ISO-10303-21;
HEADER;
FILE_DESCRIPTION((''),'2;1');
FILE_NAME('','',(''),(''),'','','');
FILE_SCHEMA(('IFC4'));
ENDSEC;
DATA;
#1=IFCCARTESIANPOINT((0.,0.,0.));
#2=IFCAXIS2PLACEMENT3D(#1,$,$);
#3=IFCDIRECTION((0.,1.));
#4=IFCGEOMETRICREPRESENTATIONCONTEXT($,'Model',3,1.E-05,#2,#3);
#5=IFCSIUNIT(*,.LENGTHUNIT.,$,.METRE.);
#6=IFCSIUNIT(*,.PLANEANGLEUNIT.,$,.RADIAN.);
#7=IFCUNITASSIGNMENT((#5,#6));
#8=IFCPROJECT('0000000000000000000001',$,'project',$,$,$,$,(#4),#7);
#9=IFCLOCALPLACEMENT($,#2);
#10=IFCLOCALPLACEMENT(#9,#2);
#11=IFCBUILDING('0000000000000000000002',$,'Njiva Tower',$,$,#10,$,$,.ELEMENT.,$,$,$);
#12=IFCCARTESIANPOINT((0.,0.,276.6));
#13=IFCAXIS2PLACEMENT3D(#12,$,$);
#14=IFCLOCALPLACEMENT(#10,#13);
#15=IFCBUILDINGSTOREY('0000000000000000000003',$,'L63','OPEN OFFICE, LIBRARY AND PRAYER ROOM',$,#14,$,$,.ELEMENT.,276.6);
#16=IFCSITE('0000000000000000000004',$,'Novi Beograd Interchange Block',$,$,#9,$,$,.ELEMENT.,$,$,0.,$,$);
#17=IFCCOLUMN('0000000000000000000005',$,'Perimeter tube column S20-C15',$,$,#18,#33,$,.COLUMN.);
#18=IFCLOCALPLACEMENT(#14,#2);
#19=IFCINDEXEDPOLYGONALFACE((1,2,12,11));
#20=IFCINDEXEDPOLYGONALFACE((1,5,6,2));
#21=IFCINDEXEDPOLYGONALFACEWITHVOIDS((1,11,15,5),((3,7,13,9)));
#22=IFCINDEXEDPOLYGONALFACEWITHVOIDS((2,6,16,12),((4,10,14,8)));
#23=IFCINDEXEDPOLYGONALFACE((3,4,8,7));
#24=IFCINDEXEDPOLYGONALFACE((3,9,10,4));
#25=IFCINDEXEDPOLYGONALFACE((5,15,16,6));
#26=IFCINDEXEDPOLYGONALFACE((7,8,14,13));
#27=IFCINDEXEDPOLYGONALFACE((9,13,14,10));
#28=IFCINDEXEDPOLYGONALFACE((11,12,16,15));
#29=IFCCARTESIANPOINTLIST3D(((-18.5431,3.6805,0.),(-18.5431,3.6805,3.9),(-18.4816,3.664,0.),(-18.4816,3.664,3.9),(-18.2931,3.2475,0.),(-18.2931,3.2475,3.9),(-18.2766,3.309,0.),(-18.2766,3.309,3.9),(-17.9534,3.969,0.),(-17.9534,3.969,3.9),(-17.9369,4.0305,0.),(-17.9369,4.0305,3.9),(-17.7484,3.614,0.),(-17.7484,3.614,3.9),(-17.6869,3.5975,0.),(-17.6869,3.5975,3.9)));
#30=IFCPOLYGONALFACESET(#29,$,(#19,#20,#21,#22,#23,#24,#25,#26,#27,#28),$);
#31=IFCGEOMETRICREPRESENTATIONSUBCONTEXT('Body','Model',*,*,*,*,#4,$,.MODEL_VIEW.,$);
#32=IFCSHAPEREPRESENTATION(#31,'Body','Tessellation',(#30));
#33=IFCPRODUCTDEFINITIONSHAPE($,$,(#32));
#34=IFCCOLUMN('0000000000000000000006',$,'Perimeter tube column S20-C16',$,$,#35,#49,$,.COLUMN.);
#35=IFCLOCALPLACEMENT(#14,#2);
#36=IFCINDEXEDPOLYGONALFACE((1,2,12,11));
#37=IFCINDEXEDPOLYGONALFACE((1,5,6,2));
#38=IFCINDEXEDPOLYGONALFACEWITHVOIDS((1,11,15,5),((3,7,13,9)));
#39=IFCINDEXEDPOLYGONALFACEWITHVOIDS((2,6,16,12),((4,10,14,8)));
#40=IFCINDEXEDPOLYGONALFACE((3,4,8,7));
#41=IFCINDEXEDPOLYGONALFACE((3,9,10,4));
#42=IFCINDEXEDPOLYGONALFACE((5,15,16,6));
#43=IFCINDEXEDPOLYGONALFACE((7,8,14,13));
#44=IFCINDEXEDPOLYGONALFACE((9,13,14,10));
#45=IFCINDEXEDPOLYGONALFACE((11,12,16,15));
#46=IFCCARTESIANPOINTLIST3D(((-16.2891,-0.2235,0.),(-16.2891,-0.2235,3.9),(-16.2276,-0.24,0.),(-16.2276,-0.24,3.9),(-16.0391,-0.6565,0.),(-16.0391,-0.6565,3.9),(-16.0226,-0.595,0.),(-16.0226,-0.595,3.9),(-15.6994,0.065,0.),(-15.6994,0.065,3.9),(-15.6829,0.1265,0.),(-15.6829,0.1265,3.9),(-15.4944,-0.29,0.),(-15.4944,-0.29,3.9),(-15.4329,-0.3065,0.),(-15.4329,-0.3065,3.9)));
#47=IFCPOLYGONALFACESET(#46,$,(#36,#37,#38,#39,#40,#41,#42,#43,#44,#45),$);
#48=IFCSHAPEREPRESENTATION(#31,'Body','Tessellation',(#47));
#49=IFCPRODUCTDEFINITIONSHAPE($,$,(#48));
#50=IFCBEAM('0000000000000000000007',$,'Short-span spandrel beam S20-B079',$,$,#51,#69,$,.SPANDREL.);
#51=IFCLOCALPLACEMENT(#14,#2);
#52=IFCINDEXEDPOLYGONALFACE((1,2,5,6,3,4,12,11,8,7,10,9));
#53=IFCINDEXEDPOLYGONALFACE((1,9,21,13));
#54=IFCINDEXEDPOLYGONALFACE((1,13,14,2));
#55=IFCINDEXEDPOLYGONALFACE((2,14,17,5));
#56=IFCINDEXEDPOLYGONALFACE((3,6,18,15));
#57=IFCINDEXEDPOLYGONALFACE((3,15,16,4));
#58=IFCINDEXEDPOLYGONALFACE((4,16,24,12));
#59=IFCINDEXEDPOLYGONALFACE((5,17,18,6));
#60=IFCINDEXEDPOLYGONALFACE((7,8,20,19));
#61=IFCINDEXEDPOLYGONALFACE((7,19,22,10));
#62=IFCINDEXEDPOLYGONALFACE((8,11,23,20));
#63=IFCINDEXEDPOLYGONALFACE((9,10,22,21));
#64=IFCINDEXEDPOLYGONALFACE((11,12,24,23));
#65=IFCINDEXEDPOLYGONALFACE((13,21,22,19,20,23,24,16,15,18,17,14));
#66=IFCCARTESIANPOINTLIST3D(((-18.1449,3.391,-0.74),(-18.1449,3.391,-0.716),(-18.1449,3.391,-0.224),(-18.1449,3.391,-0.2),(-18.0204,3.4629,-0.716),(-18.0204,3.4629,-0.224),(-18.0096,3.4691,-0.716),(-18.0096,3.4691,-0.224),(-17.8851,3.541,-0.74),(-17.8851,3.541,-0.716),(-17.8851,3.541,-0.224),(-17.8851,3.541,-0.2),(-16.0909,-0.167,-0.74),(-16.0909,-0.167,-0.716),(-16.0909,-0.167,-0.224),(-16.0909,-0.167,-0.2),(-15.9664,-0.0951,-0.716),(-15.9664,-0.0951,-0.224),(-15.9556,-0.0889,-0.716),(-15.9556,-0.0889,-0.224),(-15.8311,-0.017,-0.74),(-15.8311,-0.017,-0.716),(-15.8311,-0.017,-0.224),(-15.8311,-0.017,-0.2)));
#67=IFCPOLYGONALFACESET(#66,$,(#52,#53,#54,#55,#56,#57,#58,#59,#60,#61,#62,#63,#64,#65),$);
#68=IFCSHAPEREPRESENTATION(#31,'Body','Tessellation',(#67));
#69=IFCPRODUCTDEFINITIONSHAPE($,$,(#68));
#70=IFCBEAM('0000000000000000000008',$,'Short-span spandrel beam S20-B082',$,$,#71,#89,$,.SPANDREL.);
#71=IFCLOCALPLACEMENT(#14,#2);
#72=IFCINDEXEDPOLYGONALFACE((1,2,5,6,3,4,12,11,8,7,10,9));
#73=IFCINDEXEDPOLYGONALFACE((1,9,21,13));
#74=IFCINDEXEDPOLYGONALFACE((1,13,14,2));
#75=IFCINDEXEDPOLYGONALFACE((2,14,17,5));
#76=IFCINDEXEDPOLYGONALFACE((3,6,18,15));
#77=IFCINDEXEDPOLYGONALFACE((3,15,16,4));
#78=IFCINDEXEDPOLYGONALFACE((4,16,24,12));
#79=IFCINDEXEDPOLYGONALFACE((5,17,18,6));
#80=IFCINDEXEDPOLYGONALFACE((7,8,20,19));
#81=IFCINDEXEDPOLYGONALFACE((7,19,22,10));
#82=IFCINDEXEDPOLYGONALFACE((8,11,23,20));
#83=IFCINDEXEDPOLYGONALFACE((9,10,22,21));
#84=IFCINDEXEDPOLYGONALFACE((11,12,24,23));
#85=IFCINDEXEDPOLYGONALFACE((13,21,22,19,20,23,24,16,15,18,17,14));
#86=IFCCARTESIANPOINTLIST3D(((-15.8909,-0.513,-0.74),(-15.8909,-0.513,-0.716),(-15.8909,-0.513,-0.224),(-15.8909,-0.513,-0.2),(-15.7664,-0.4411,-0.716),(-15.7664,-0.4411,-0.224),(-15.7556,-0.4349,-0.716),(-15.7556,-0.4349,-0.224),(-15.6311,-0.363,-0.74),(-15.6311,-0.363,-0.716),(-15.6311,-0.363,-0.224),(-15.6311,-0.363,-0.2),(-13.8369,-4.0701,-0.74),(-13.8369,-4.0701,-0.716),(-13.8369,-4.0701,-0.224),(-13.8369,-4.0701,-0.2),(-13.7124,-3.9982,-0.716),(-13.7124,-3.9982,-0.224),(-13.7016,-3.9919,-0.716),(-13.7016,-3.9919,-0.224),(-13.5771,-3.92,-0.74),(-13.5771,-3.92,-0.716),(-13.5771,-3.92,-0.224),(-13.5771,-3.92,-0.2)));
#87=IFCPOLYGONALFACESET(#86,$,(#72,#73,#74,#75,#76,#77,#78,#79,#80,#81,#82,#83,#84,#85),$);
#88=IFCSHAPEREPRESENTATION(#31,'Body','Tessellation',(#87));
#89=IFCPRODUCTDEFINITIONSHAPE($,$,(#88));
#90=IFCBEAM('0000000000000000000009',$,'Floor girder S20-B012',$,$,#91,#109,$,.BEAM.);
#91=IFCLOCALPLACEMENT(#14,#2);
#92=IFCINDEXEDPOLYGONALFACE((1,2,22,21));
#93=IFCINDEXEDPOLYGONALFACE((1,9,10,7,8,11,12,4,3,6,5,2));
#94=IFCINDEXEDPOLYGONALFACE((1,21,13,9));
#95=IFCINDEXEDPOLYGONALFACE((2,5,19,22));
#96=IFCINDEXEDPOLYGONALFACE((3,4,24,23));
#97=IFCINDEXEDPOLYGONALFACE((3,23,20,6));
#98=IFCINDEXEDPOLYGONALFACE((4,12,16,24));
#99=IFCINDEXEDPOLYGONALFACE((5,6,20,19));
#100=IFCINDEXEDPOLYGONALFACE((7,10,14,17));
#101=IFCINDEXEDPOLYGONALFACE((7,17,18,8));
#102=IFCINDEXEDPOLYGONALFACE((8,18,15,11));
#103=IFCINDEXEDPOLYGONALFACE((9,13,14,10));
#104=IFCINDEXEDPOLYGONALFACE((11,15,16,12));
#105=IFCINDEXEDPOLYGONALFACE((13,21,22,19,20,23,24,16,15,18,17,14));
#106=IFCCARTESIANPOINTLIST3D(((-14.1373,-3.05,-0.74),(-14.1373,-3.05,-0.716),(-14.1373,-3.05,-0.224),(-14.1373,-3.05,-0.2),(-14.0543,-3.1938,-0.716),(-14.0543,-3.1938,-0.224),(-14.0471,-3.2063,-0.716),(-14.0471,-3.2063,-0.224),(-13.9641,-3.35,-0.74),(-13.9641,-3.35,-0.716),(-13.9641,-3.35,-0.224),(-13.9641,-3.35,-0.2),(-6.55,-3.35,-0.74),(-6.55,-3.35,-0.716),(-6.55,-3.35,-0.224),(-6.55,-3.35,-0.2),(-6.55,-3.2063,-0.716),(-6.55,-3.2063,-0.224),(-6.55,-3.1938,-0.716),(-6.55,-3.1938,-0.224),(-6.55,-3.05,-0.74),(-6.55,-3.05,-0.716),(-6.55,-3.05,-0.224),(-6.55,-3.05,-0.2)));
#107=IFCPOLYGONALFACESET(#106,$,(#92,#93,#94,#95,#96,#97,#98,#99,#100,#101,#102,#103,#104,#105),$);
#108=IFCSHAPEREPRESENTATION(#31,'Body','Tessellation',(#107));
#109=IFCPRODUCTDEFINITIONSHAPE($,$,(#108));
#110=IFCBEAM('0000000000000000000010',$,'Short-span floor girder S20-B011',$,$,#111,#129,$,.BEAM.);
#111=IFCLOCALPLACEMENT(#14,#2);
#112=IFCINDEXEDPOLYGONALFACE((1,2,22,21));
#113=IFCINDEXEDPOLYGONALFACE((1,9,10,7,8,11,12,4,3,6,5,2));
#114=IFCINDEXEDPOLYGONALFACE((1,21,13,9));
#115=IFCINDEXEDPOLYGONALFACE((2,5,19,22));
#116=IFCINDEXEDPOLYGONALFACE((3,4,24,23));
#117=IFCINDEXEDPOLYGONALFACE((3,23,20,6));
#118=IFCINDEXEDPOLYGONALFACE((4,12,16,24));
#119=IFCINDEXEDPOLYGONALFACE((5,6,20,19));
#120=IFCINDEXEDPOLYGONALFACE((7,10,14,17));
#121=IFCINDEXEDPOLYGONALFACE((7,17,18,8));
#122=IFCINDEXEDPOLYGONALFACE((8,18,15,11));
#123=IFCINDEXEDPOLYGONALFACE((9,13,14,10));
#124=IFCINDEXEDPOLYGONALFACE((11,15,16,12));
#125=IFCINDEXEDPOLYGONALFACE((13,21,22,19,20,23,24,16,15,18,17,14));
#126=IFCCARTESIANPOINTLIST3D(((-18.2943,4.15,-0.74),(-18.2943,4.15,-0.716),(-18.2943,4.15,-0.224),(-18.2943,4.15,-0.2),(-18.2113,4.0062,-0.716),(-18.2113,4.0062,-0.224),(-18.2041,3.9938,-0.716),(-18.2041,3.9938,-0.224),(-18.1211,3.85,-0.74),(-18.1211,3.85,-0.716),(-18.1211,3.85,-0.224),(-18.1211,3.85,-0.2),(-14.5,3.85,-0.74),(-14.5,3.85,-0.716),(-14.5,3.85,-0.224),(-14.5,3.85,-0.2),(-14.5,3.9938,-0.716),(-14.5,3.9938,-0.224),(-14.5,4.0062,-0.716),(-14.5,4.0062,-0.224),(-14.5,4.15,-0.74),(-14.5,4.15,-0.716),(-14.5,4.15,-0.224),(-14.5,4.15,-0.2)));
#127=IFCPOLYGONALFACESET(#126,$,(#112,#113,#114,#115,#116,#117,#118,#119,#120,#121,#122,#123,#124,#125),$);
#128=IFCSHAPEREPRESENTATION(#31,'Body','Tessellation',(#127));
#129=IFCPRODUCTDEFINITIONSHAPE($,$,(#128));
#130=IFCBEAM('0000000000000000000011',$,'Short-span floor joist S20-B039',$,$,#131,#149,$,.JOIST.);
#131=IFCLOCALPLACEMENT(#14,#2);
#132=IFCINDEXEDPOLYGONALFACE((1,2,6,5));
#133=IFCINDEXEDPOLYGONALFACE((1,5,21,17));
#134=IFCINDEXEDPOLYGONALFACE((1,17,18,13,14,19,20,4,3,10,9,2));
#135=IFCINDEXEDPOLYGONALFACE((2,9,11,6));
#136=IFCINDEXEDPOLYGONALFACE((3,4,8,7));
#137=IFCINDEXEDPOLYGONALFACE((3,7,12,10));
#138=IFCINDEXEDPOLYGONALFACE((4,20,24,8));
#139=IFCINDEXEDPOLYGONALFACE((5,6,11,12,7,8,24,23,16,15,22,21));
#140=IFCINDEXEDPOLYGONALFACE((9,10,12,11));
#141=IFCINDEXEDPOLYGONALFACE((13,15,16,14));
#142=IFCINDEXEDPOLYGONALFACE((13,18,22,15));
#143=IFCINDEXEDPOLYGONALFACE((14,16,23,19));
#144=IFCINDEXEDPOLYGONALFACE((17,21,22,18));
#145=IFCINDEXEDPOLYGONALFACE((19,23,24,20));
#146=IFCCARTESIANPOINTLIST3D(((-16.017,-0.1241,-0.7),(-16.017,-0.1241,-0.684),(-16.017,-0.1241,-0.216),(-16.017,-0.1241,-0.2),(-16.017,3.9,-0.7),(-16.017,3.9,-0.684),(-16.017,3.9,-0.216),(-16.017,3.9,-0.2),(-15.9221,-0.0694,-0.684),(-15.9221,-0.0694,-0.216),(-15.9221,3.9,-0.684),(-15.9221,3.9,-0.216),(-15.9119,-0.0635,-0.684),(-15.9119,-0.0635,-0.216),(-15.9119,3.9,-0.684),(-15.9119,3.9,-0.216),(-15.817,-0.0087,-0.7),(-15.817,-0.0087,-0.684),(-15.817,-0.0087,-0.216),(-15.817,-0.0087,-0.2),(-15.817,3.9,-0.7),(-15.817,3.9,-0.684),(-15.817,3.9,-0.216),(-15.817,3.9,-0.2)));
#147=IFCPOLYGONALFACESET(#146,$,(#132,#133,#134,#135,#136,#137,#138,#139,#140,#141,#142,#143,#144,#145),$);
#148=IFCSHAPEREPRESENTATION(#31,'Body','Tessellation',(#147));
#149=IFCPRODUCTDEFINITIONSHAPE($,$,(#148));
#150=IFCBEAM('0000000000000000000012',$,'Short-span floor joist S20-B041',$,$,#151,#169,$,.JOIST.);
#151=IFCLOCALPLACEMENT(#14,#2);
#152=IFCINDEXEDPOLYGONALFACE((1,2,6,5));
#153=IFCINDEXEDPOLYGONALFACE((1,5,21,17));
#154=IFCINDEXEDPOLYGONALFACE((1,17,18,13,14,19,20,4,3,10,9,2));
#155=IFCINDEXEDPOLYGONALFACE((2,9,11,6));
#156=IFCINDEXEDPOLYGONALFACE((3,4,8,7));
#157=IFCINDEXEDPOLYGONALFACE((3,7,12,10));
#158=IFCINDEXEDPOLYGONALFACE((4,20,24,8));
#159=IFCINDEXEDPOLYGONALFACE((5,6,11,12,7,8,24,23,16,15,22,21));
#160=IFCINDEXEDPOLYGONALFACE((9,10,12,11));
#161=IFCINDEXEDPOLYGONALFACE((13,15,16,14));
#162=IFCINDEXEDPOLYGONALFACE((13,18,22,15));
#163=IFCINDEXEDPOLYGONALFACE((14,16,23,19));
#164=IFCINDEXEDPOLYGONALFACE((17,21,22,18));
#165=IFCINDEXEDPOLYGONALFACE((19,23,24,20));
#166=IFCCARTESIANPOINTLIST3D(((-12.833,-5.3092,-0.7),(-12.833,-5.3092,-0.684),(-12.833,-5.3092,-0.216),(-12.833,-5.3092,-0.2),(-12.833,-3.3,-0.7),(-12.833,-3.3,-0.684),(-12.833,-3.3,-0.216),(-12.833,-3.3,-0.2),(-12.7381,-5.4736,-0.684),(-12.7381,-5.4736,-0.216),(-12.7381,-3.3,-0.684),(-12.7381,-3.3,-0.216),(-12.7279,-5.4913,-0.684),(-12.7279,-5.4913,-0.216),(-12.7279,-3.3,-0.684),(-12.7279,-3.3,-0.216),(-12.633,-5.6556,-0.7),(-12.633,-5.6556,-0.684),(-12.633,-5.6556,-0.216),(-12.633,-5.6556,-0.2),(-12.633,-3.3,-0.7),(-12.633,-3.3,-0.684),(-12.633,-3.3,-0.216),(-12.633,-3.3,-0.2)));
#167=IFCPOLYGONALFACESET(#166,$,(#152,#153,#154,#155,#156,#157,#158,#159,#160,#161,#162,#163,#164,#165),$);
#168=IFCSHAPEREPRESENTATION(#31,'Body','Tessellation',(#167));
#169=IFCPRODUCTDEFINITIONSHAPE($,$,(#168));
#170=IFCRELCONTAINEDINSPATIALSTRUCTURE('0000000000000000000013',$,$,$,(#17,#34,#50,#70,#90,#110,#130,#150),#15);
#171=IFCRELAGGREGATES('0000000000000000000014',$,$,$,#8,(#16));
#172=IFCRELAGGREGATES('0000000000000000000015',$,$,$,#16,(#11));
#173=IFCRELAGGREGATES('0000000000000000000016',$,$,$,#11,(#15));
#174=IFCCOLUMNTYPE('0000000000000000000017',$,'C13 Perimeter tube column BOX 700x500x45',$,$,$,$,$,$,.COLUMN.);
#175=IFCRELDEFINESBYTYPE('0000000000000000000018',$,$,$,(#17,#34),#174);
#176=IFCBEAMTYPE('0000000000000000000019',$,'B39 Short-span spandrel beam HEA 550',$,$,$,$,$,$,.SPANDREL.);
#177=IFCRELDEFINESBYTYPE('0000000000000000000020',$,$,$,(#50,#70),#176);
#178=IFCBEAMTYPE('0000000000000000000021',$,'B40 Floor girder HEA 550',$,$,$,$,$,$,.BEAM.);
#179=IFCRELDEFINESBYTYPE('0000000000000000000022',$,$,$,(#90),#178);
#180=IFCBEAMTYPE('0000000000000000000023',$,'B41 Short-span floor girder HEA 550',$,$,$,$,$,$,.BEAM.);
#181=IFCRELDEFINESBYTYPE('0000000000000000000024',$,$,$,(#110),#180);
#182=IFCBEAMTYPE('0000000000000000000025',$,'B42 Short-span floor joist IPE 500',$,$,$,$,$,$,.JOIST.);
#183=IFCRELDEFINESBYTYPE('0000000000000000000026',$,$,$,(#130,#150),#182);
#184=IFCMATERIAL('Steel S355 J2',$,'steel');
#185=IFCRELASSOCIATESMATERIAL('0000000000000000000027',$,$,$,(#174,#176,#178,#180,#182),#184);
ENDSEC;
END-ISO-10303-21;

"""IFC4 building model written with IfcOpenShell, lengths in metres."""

from ifc_helpers import new_model, si_unit, direction, frame, origin, origin_2d, place, context, subcontext, project, spatial, hollow_rectangle, i_section, extrude, clip, halfspace, material, material_profile, profile_set, type_object, element, save


model = new_model("IFC4")

# Units and contexts
model_context = context("Model", 3, precision=1e-05, world=origin(), true_north=direction((0.0, 1.0)))
body_context = subcontext(model_context, "Body", "Model", "MODEL_VIEW")
ifc_project = project(units=[si_unit("LENGTHUNIT", "METRE"), si_unit("PLANEANGLEUNIT", "RADIAN")], contexts=[model_context])

# Site, building, storey
site_placement = place(None, origin())
site = spatial("IfcSite", under=ifc_project, at=site_placement, Name="Novi Beograd Interchange Block", CompositionType="ELEMENT", RefElevation=0.0)
building_placement = place(site_placement, origin())
building = spatial("IfcBuilding", under=site, at=building_placement, Name="Njiva Tower", CompositionType="ELEMENT")
storey_placement = place(building_placement, frame((0.0, 0.0, 276.6)))
storey = spatial("IfcBuildingStorey", under=building, at=storey_placement, Name="L63", Description="OPEN OFFICE, LIBRARY AND PRAYER ROOM", CompositionType="ELEMENT", Elevation=276.6)

# Columns
ifc_material_1 = material(Name="Steel S355 J2", Category="steel")
ifc_material_profile_1 = material_profile(ifc_material_1, hollow_rectangle(XDim=0.5, YDim=0.7, WallThickness=0.045, at=origin_2d()), Name="BOX 700x500x45")
ifc_profile_set_1 = profile_set([ifc_material_profile_1], Name="Steel S355 J2")
column_type = type_object("IfcColumnType", Name="C13 Perimeter tube column BOX 700x500x45", PredefinedType="COLUMN", material=ifc_profile_set_1)
for number, where, z_axis, x_axis, name in (
    (1, (-18.115, 3.639, 0.0), (0.0, 0.0, 1.0), (0.5, -0.866025, 0.0), "Perimeter tube column S20-C15"),
    (2, (-15.861, -0.265, 0.0), (0.0, 0.0, 1.0), (0.5, -0.866025, 0.0), "Perimeter tube column S20-C16"),
):
    element("IfcColumn", number, at=place(storey_placement, frame(where, z_axis=z_axis, x_axis=x_axis)), inside=storey, type_object=column_type, Name=name, PredefinedType="COLUMN", context=body_context, shape_type="SweptSolid", body=[
        extrude(hollow_rectangle(XDim=0.5, YDim=0.7, WallThickness=0.045, at=origin_2d()), origin(), (0.0, 0.0, 1.0), 3.9),
    ])

# Beams
ifc_material_profile_2 = material_profile(ifc_material_1, i_section(OverallWidth=0.3, OverallDepth=0.54, WebThickness=0.0125, FlangeThickness=0.024, at=origin_2d()), Name="HEA 550")
ifc_profile_set_2 = profile_set([ifc_material_profile_2], Name="Steel S355 J2")
beam_type_1 = type_object("IfcBeamType", Name="B39 Short-span spandrel beam HEA 550", PredefinedType="SPANDREL", material=ifc_profile_set_2)
beam_1_placement = place(storey_placement, frame((-18.015, 3.466, -0.47), z_axis=(0.499961, -0.866048, 0.0), x_axis=(0.866048, 0.499961, 0.0)))
element("IfcBeam", 3, at=beam_1_placement, inside=storey, type_object=beam_type_1, Name="Short-span spandrel beam S20-B079", PredefinedType="SPANDREL", context=body_context, shape_type="SweptSolid", body=[
    extrude(i_section(OverallWidth=0.3, OverallDepth=0.54, WebThickness=0.0125, FlangeThickness=0.024, at=origin_2d()), origin(), (0.0, 0.0, 1.0), 4.1083),
])
beam_2_placement = place(storey_placement, frame((-15.761, -0.438, -0.47), z_axis=(0.500067, -0.865987, 0.0), x_axis=(0.865987, 0.500067, 0.0)))
element("IfcBeam", 4, at=beam_2_placement, inside=storey, type_object=beam_type_1, Name="Short-span spandrel beam S20-B082", PredefinedType="SPANDREL", context=body_context, shape_type="SweptSolid", body=[
    extrude(i_section(OverallWidth=0.3, OverallDepth=0.54, WebThickness=0.0125, FlangeThickness=0.024, at=origin_2d()), origin(), (0.0, 0.0, 1.0), 4.1075),
])
ifc_material_profile_3 = material_profile(ifc_material_1, i_section(OverallWidth=0.3, OverallDepth=0.54, WebThickness=0.0125, FlangeThickness=0.024, at=origin_2d()), Name="HEA 550")
ifc_profile_set_3 = profile_set([ifc_material_profile_3], Name="Steel S355 J2")
beam_type_2 = type_object("IfcBeamType", Name="B40 Floor girder HEA 550", PredefinedType="BEAM", material=ifc_profile_set_3)
beam_3_placement = place(storey_placement, frame((-14.158, -3.2, -0.47), z_axis=(1.0, 0.0, 0.0), x_axis=(0.0, 1.0, 0.0)))
element("IfcBeam", 5, at=beam_3_placement, inside=storey, type_object=beam_type_2, Name="Floor girder S20-B012", PredefinedType="BEAM", context=body_context, shape_type="Clipping", body=[
    clip(extrude(i_section(OverallWidth=0.3, OverallDepth=0.54, WebThickness=0.0125, FlangeThickness=0.024, at=origin_2d()), origin(), (0.0, 0.0, 1.0), 7.608), halfspace(frame((-0.025, 0.0, 0.1217), z_axis=(-0.499998, 0.0, -0.866027), x_axis=(0.0, -1.0, 0.0)), False)),
])
ifc_material_profile_4 = material_profile(ifc_material_1, i_section(OverallWidth=0.3, OverallDepth=0.54, WebThickness=0.0125, FlangeThickness=0.024, at=origin_2d()), Name="HEA 550")
ifc_profile_set_4 = profile_set([ifc_material_profile_4], Name="Steel S355 J2")
beam_type_3 = type_object("IfcBeamType", Name="B41 Short-span floor girder HEA 550", PredefinedType="BEAM", material=ifc_profile_set_4)
beam_4_placement = place(storey_placement, frame((-18.315, 4.0, -0.47), z_axis=(1.0, 0.0, 0.0), x_axis=(0.0, 1.0, 0.0)))
element("IfcBeam", 6, at=beam_4_placement, inside=storey, type_object=beam_type_3, Name="Short-span floor girder S20-B011", PredefinedType="BEAM", context=body_context, shape_type="Clipping", body=[
    clip(extrude(i_section(OverallWidth=0.3, OverallDepth=0.54, WebThickness=0.0125, FlangeThickness=0.024, at=origin_2d()), origin(), (0.0, 0.0, 1.0), 3.815), halfspace(frame((-0.025, 0.0, 0.1217), z_axis=(-0.499998, 0.0, -0.866027), x_axis=(0.0, -1.0, 0.0)), False)),
])
ifc_material_profile_5 = material_profile(ifc_material_1, i_section(OverallWidth=0.2, OverallDepth=0.5, WebThickness=0.0102, FlangeThickness=0.016, at=origin_2d()), Name="IPE 500")
ifc_profile_set_5 = profile_set([ifc_material_profile_5], Name="Steel S355 J2")
beam_type_4 = type_object("IfcBeamType", Name="B42 Short-span floor joist IPE 500", PredefinedType="JOIST", material=ifc_profile_set_5)
beam_5_placement = place(storey_placement, frame((-15.917, 3.9, -0.45), z_axis=(0.0, -1.0, 0.0), x_axis=(1.0, 0.0, 0.0)))
element("IfcBeam", 7, at=beam_5_placement, inside=storey, type_object=beam_type_4, Name="Short-span floor joist S20-B039", PredefinedType="JOIST", context=body_context, shape_type="Clipping", body=[
    clip(extrude(i_section(OverallWidth=0.2, OverallDepth=0.5, WebThickness=0.0102, FlangeThickness=0.016, at=origin_2d()), origin(), (0.0, 0.0, 1.0), 4.044), halfspace(frame((0.0253, 0.0, 3.9518), z_axis=(0.499998, 0.0, 0.866027), x_axis=(0.0, 1.0, 0.0)), False)),
])
beam_6_placement = place(storey_placement, frame((-12.733, -3.3, -0.45), z_axis=(0.0, -1.0, 0.0), x_axis=(1.0, 0.0, 0.0)))
element("IfcBeam", 8, at=beam_6_placement, inside=storey, type_object=beam_type_4, Name="Short-span floor joist S20-B041", PredefinedType="JOIST", context=body_context, shape_type="Clipping", body=[
    clip(extrude(i_section(OverallWidth=0.2, OverallDepth=0.5, WebThickness=0.0102, FlangeThickness=0.016, at=origin_2d()), origin(), (0.0, 0.0, 1.0), 2.375), halfspace(frame((-0.0436, 0.0, 2.1069), z_axis=(-0.866027, 0.0, 0.499998), x_axis=(0.0, 1.0, 0.0)), False)),
])

save(model, "model.ifc")
